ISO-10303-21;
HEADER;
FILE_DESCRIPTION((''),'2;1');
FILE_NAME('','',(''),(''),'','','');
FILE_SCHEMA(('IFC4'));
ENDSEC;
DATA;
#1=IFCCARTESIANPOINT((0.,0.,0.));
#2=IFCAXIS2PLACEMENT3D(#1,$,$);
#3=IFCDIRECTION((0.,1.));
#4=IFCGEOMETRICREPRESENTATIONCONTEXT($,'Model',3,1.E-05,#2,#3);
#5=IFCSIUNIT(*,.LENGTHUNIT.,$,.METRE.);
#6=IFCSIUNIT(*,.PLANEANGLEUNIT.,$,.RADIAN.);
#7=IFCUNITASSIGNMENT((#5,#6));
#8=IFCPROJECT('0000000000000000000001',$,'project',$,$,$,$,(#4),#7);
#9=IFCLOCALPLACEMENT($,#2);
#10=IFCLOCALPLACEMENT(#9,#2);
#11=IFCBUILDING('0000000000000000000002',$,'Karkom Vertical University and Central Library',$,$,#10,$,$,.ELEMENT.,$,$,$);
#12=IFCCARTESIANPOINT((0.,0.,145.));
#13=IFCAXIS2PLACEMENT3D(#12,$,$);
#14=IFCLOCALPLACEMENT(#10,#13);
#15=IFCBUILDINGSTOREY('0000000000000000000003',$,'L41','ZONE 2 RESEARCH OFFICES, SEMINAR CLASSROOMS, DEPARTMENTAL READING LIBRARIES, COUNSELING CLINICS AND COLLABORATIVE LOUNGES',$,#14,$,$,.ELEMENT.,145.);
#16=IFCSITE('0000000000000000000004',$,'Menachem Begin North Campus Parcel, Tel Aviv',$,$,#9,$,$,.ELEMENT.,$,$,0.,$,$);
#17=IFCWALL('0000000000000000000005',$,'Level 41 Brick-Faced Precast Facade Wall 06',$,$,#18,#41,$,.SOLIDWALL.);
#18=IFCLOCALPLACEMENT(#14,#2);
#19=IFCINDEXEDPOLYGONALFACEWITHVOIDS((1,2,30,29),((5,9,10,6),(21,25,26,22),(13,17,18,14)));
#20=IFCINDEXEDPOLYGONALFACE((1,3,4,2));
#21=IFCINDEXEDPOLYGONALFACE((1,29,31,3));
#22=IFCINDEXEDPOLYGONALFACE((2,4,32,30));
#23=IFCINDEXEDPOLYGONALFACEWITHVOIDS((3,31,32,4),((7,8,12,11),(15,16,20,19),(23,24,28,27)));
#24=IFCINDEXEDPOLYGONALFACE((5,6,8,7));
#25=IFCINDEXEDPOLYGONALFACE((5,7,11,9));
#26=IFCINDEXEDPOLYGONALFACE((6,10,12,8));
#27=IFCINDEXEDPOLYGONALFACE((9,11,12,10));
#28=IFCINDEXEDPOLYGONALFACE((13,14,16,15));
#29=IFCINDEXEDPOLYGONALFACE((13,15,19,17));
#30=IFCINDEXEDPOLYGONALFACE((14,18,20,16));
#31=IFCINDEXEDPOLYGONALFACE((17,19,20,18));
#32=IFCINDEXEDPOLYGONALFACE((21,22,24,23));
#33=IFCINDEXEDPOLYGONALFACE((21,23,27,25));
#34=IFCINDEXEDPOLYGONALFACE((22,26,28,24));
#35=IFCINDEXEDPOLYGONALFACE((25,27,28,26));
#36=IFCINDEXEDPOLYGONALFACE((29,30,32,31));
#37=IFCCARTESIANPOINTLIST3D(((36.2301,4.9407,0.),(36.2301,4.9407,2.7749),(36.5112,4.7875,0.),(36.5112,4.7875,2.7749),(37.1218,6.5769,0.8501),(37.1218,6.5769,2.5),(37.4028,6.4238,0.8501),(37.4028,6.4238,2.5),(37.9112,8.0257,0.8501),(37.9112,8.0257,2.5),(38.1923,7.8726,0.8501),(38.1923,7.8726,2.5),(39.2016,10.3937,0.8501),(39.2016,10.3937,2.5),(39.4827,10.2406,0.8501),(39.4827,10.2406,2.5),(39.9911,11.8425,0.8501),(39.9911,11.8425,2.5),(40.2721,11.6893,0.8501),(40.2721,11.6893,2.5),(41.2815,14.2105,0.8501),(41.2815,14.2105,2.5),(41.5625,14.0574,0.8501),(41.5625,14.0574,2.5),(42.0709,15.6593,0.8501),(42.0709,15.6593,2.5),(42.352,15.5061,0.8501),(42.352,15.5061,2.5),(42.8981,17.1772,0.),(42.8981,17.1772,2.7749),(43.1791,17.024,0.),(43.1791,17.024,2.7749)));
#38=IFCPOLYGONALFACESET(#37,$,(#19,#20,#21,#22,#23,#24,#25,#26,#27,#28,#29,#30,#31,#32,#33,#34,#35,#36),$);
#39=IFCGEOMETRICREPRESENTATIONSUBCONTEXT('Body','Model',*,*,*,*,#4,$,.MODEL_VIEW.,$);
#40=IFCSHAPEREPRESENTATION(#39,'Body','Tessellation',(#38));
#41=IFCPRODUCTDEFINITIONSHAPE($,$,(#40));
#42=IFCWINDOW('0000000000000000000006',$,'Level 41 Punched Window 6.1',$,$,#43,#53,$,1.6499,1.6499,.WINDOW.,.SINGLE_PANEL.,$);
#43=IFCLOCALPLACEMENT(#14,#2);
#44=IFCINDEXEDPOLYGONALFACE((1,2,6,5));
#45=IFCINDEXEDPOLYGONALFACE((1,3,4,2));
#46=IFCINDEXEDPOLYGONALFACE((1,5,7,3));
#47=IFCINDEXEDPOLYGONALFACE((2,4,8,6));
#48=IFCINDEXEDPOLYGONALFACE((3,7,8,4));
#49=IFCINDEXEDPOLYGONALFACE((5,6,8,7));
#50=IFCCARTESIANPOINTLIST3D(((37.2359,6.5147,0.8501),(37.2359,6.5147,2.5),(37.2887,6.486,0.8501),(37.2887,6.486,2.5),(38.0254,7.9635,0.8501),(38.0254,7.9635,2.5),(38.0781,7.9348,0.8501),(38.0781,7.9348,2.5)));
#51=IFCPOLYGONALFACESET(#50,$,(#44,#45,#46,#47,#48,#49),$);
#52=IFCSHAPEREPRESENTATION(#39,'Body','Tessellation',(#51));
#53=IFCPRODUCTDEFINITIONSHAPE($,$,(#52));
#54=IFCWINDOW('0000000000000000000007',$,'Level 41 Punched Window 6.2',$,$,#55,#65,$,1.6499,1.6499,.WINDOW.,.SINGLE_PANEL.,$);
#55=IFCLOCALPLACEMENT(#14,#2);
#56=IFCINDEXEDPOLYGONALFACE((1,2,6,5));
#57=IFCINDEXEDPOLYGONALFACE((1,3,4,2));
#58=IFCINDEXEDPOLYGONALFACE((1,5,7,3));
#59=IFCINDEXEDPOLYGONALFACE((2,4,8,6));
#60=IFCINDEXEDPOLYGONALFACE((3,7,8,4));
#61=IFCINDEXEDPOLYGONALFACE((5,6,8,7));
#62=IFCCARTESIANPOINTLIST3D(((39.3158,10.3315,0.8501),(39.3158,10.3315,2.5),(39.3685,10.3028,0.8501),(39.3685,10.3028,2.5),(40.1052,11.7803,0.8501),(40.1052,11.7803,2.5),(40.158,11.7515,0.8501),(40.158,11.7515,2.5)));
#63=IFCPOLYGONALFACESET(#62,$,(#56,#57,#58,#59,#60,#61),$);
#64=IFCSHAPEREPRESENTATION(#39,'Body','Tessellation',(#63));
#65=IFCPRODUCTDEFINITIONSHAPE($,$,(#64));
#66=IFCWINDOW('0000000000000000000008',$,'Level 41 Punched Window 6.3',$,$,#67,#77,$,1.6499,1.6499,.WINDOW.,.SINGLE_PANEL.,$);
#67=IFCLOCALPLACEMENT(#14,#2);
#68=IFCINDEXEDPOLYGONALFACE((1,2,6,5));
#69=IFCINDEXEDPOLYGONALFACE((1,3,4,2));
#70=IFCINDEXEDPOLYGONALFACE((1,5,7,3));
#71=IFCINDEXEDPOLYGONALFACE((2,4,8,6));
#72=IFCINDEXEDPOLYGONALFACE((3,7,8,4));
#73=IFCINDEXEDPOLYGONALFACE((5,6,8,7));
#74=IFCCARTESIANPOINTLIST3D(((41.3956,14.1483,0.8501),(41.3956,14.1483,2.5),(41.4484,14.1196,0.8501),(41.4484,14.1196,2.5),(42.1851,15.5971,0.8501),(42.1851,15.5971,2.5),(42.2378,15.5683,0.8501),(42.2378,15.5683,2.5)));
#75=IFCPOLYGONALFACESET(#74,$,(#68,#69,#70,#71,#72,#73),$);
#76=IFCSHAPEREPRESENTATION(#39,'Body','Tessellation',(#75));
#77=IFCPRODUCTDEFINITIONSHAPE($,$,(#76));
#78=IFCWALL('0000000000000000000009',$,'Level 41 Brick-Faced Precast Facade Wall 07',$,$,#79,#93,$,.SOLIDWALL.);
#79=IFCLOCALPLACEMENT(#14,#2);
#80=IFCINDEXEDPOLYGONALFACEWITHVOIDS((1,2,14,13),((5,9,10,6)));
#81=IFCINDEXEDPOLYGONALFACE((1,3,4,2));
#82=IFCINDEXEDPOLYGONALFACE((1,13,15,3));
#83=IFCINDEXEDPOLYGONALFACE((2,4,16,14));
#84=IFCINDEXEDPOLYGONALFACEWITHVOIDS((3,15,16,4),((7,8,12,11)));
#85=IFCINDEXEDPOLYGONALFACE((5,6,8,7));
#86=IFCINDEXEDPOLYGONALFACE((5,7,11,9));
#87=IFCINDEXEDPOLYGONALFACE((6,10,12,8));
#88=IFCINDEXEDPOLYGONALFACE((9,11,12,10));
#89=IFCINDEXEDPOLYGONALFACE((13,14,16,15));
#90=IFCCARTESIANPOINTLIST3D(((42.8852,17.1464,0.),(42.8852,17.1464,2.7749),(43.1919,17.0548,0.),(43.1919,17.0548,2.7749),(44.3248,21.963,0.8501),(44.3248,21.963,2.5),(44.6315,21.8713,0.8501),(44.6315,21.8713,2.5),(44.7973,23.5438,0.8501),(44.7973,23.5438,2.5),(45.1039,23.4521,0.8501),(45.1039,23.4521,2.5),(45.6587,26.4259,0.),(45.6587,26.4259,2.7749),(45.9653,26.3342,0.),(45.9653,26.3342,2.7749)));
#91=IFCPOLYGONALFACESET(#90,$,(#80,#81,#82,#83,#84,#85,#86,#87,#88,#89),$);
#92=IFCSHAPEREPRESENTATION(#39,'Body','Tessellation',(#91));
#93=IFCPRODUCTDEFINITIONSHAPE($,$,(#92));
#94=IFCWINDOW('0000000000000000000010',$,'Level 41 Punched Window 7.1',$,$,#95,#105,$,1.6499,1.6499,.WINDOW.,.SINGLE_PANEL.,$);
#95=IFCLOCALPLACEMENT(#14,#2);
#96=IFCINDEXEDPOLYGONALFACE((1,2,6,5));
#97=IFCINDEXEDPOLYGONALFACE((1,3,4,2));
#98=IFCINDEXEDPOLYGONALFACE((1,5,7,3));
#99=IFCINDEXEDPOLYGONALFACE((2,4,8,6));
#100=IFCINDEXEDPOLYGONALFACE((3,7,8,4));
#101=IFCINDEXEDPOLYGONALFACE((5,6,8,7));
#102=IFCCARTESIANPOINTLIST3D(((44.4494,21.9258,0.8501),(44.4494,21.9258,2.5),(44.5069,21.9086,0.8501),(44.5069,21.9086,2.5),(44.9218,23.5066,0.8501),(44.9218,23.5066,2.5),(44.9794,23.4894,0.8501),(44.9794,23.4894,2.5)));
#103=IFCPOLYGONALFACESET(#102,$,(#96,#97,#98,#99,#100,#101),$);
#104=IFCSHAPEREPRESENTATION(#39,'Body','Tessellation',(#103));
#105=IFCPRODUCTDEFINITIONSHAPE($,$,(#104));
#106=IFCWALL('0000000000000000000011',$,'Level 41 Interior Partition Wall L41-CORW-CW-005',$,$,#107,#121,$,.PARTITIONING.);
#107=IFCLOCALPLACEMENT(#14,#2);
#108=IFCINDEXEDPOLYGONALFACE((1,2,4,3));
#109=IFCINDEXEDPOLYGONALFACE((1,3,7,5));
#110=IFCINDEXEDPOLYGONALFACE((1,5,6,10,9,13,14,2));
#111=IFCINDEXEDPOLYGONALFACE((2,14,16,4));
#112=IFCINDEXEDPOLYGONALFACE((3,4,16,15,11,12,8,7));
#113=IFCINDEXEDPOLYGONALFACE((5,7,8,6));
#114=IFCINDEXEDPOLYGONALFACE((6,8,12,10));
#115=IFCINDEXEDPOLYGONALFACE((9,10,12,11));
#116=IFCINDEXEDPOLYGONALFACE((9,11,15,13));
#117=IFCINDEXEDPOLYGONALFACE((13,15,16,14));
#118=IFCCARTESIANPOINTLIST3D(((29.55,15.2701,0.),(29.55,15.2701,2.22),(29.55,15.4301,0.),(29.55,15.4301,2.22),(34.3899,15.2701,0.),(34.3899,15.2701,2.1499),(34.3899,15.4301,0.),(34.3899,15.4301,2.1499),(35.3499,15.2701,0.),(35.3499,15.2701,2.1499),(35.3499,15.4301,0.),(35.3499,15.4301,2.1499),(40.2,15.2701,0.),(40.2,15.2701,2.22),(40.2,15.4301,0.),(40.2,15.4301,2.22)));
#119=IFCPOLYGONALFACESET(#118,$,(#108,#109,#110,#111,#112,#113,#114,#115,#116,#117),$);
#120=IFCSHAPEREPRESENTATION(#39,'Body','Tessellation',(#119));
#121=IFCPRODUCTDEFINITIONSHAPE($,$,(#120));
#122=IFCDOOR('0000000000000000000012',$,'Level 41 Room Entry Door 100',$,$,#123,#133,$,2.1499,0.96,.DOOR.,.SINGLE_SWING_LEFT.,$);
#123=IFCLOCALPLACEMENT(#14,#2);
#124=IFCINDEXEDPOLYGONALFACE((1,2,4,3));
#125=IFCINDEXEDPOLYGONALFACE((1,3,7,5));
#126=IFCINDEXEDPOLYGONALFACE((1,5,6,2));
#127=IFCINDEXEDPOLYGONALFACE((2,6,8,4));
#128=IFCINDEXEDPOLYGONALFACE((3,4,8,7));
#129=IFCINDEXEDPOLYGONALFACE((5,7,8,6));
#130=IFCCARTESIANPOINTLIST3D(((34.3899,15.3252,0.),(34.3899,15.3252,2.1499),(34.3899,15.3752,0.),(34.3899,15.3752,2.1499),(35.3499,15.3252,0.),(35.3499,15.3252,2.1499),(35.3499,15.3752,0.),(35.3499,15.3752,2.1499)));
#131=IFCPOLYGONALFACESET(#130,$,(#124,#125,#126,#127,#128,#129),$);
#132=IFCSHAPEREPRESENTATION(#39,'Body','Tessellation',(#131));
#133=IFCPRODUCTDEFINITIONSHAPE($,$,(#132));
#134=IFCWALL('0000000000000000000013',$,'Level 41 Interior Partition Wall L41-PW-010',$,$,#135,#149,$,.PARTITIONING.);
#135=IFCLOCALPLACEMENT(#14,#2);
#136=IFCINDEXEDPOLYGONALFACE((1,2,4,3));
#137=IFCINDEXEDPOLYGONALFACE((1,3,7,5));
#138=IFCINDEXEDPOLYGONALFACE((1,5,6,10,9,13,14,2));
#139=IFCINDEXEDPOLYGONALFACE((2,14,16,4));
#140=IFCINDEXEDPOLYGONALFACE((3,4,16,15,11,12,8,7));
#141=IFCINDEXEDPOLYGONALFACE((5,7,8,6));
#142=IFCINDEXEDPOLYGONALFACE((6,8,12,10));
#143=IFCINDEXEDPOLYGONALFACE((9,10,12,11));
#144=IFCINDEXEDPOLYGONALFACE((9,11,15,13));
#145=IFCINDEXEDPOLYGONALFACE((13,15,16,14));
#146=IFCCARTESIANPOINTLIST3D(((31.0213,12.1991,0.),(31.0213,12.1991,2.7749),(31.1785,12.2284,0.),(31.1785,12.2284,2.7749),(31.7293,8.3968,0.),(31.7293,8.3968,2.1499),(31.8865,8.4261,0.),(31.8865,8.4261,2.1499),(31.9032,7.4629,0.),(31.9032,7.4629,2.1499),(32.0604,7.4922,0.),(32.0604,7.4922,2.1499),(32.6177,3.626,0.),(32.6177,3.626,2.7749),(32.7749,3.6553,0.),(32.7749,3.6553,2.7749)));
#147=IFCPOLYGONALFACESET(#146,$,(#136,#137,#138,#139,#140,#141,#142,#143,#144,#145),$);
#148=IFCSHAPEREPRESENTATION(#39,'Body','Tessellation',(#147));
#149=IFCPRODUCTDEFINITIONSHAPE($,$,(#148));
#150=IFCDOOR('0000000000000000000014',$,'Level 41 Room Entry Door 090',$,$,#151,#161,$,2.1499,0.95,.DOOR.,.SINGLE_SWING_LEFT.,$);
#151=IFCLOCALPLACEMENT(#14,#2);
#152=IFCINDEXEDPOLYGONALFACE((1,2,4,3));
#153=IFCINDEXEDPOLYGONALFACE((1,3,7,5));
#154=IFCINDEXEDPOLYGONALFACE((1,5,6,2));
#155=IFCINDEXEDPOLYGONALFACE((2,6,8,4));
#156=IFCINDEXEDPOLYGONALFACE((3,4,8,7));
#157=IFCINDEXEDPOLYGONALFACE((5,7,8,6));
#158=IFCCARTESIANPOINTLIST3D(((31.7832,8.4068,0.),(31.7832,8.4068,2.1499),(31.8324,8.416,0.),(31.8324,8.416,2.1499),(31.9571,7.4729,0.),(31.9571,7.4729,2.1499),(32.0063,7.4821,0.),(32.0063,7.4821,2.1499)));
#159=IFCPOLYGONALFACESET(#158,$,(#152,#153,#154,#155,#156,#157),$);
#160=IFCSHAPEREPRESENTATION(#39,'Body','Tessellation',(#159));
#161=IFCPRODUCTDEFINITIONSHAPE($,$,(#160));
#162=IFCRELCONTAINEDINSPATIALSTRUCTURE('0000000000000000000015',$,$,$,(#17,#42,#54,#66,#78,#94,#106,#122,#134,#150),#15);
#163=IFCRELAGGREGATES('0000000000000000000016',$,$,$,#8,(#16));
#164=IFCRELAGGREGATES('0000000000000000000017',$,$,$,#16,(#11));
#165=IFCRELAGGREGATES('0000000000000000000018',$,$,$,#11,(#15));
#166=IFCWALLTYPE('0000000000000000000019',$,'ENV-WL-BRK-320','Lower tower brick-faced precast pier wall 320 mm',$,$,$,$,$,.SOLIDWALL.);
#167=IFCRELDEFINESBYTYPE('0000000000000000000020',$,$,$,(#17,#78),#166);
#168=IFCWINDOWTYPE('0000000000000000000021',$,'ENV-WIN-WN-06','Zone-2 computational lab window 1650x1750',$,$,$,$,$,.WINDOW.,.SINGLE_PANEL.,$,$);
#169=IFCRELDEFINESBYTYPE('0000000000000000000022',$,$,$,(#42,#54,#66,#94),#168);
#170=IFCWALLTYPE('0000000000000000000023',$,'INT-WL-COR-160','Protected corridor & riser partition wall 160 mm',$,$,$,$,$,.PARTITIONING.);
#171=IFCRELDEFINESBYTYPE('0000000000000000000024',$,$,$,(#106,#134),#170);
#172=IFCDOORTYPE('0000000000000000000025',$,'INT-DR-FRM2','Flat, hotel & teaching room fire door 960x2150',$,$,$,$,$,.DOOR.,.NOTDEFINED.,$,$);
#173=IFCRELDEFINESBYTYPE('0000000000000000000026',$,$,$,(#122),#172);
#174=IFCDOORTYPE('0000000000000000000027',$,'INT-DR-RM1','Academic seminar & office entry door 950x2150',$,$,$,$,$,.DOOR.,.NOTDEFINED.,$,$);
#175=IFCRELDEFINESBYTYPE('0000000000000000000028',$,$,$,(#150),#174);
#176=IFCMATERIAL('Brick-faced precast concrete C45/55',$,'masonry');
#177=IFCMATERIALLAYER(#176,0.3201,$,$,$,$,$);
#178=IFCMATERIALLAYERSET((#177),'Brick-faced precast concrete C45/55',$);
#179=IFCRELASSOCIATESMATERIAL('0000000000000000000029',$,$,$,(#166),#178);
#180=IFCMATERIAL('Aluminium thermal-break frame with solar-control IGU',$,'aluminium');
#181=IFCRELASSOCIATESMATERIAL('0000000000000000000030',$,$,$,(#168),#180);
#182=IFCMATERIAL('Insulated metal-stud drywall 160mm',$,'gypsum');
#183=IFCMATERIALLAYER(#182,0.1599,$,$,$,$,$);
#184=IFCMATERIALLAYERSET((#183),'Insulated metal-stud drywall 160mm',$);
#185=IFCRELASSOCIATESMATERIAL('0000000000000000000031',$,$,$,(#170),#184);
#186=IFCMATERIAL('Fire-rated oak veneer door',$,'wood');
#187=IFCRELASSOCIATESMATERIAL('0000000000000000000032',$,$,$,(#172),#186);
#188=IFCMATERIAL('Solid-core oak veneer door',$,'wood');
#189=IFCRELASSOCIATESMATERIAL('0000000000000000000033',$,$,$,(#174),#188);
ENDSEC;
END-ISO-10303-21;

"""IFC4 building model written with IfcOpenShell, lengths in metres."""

from ifc_helpers import new_model, si_unit, direction, frame, frame_2d, origin, origin_with_axes, place, context, subcontext, project, spatial, rectangle, extrude, source, transform, mapped, material, layer, layer_set, type_object, element, fill, save


model = new_model("IFC4")

# Units and contexts
model_context = context("Model", 3, precision=1e-05, world=origin(), true_north=direction((0.0, 1.0)))
body_context = subcontext(model_context, "Body", "Model", "MODEL_VIEW")
ifc_project = project(units=[si_unit("LENGTHUNIT", "METRE"), si_unit("PLANEANGLEUNIT", "RADIAN")], contexts=[model_context])

# Site, building, storey
site_placement = place(None, origin())
site = spatial("IfcSite", under=ifc_project, at=site_placement, Name="Menachem Begin North Campus Parcel, Tel Aviv", CompositionType="ELEMENT", RefElevation=0.0)
building_placement = place(site_placement, origin())
building = spatial("IfcBuilding", under=site, at=building_placement, Name="Karkom Vertical University and Central Library", CompositionType="ELEMENT")
storey_placement = place(building_placement, frame((0.0, 0.0, 145.0)))
storey = spatial("IfcBuildingStorey", under=building, at=storey_placement, Name="L41", Description="ZONE 2 RESEARCH OFFICES, SEMINAR CLASSROOMS, DEPARTMENTAL READING LIBRARIES, COUNSELING CLINICS AND COLLABORATIVE LOUNGES", CompositionType="ELEMENT", Elevation=145.0)

# Wall, openings, windows
ifc_material_1 = material(Name="Brick-faced precast concrete C45/55", Category="masonry")
ifc_layer_1 = layer(ifc_material_1, 0.3201)
ifc_layer_set_1 = layer_set([ifc_layer_1], Name="Brick-faced precast concrete C45/55")
wall_type_1 = type_object("IfcWallType", Name="ENV-WL-BRK-320", Description="Lower tower brick-faced precast pier wall 320 mm", PredefinedType="SOLIDWALL", material=ifc_layer_set_1)
wall_1_placement = place(storey_placement, frame((36.3706, 4.864, 0.0), z_axis=(0.0, 0.0, 1.0), x_axis=(0.478491, 0.878092, 0.0)))
wall_1 = element("IfcWall", 1, at=wall_1_placement, inside=storey, type_object=wall_type_1, Name="Level 41 Brick-Faced Precast Facade Wall 06", PredefinedType="SOLIDWALL", context=body_context, shape_type="SweptSolid", body=[
    extrude(rectangle(XDim=13.9353, YDim=0.3201, at=frame_2d((6.9678, 0.0))), origin(), (0.0, 0.0, 1.0), 2.7749),
])
opening_1_placement = place(wall_1_placement, frame((1.8635, 0.0, 0.8501)))
opening_1 = element("IfcOpeningElement", 2, at=opening_1_placement, cuts=wall_1, PredefinedType="OPENING", context=body_context, shape_type="SweptSolid", body=[
    extrude(rectangle(XDim=1.6499, YDim=1.6499, at=frame_2d((0.825, 0.825))), frame((0.0, 0.1699, 0.0), z_axis=(0.0, -1.0, 0.0), x_axis=(1.0, 0.0, 0.0)), (0.0, 0.0, 1.0), 0.3401),
])
opening_2_placement = place(wall_1_placement, frame((6.2102, 0.0, 0.8501)))
opening_2 = element("IfcOpeningElement", 3, at=opening_2_placement, cuts=wall_1, PredefinedType="OPENING", context=body_context, shape_type="SweptSolid", body=[
    extrude(rectangle(XDim=1.6499, YDim=1.6499, at=frame_2d((0.825, 0.825))), frame((0.0, 0.1699, 0.0), z_axis=(0.0, -1.0, 0.0), x_axis=(1.0, 0.0, 0.0)), (0.0, 0.0, 1.0), 0.3401),
])
opening_3_placement = place(wall_1_placement, frame((10.5569, 0.0, 0.8501)))
opening_3 = element("IfcOpeningElement", 4, at=opening_3_placement, cuts=wall_1, PredefinedType="OPENING", context=body_context, shape_type="SweptSolid", body=[
    extrude(rectangle(XDim=1.6499, YDim=1.6499, at=frame_2d((0.825, 0.825))), frame((0.0, 0.1699, 0.0), z_axis=(0.0, -1.0, 0.0), x_axis=(1.0, 0.0, 0.0)), (0.0, 0.0, 1.0), 0.3401),
])
ifc_material_2 = material(Name="Aluminium thermal-break frame with solar-control IGU", Category="aluminium")
window_type = type_object("IfcWindowType", Name="ENV-WIN-WN-06", Description="Zone-2 computational lab window 1650x1750", PartitioningType="SINGLE_PANEL", PredefinedType="WINDOW", material=ifc_material_2)
shared_shape_1 = source(origin_with_axes(), body_context, "Body", "SweptSolid", [
    extrude(rectangle(XDim=1.6499, YDim=1.6499, at=frame_2d((0.825, 0.825))), frame((0.0, 0.03, 0.0), z_axis=(0.0, -1.0, 0.0), x_axis=(1.0, 0.0, 0.0)), (0.0, 0.0, 1.0), 0.0601),
])
window_1_placement = place(opening_1_placement, origin())
window_1 = element("IfcWindow", 5, at=window_1_placement, inside=storey, type_object=window_type, Name="Level 41 Punched Window 6.1", OverallHeight=1.6499, OverallWidth=1.6499, PartitioningType="SINGLE_PANEL", PredefinedType="WINDOW", context=body_context, shape_type="MappedRepresentation", body=[
    mapped(shared_shape_1, transform((0.0, 0.0, 0.0), scale=1.0)),
])
fill(opening_1, window_1)
window_2_placement = place(opening_2_placement, origin())
window_2 = element("IfcWindow", 6, at=window_2_placement, inside=storey, type_object=window_type, Name="Level 41 Punched Window 6.2", OverallHeight=1.6499, OverallWidth=1.6499, PartitioningType="SINGLE_PANEL", PredefinedType="WINDOW", context=body_context, shape_type="MappedRepresentation", body=[
    mapped(shared_shape_1, transform((0.0, 0.0, 0.0), scale=1.0)),
])
fill(opening_2, window_2)
window_3_placement = place(opening_3_placement, origin())
window_3 = element("IfcWindow", 7, at=window_3_placement, inside=storey, type_object=window_type, Name="Level 41 Punched Window 6.3", OverallHeight=1.6499, OverallWidth=1.6499, PartitioningType="SINGLE_PANEL", PredefinedType="WINDOW", context=body_context, shape_type="MappedRepresentation", body=[
    mapped(shared_shape_1, transform((0.0, 0.0, 0.0), scale=1.0)),
])
fill(opening_3, window_3)

# Wall, opening, window
wall_2_placement = place(storey_placement, frame((43.0386, 17.1006, 0.0), z_axis=(0.0, 0.0, 1.0), x_axis=(0.28636, 0.958122, 0.0)))
wall_2 = element("IfcWall", 8, at=wall_2_placement, inside=storey, type_object=wall_type_1, Name="Level 41 Brick-Faced Precast Facade Wall 07", PredefinedType="SOLIDWALL", context=body_context, shape_type="SweptSolid", body=[
    extrude(rectangle(XDim=9.6851, YDim=0.3201, at=frame_2d((4.8425, 0.0))), origin(), (0.0, 0.0, 1.0), 2.7749),
])
opening_4_placement = place(wall_2_placement, frame((5.0271, 0.0, 0.8501)))
opening_4 = element("IfcOpeningElement", 9, at=opening_4_placement, cuts=wall_2, PredefinedType="OPENING", context=body_context, shape_type="SweptSolid", body=[
    extrude(rectangle(XDim=1.6499, YDim=1.6499, at=frame_2d((0.825, 0.825))), frame((0.0, 0.1699, 0.0), z_axis=(0.0, -1.0, 0.0), x_axis=(1.0, 0.0, 0.0)), (0.0, 0.0, 1.0), 0.3401),
])
window_4_placement = place(opening_4_placement, origin())
window_4 = element("IfcWindow", 10, at=window_4_placement, inside=storey, type_object=window_type, Name="Level 41 Punched Window 7.1", OverallHeight=1.6499, OverallWidth=1.6499, PartitioningType="SINGLE_PANEL", PredefinedType="WINDOW", context=body_context, shape_type="MappedRepresentation", body=[
    mapped(shared_shape_1, transform((0.0, 0.0, 0.0), scale=1.0)),
])
fill(opening_4, window_4)

# Walls, openings, doors
ifc_material_3 = material(Name="Insulated metal-stud drywall 160mm", Category="gypsum")
ifc_layer_2 = layer(ifc_material_3, 0.1599)
ifc_layer_set_2 = layer_set([ifc_layer_2], Name="Insulated metal-stud drywall 160mm")
wall_type_2 = type_object("IfcWallType", Name="INT-WL-COR-160", Description="Protected corridor & riser partition wall 160 mm", PredefinedType="PARTITIONING", material=ifc_layer_set_2)
wall_3_placement = place(storey_placement, frame((40.2, 15.3501, 0.0), z_axis=(0.0, 0.0, 1.0), x_axis=(-1.0, 0.0, 0.0)))
wall_3 = element("IfcWall", 11, at=wall_3_placement, inside=storey, type_object=wall_type_2, Name="Level 41 Interior Partition Wall L41-CORW-CW-005", PredefinedType="PARTITIONING", context=body_context, shape_type="SweptSolid", body=[
    extrude(rectangle(XDim=10.6499, YDim=0.1599, at=frame_2d((5.325, 0.0))), origin(), (0.0, 0.0, 1.0), 2.22),
])
opening_5_placement = place(wall_3_placement, frame((4.8501, 0.0, 0.0)))
opening_5 = element("IfcOpeningElement", 12, at=opening_5_placement, cuts=wall_3, PredefinedType="OPENING", context=body_context, shape_type="SweptSolid", body=[
    extrude(rectangle(XDim=0.96, YDim=2.1499, at=frame_2d((0.48, 1.075))), frame((0.0, 0.0898, 0.0), z_axis=(0.0, -1.0, 0.0), x_axis=(1.0, 0.0, 0.0)), (0.0, 0.0, 1.0), 0.1799),
])
ifc_material_4 = material(Name="Fire-rated oak veneer door", Category="wood")
door_type_1 = type_object("IfcDoorType", Name="INT-DR-FRM2", Description="Flat, hotel & teaching room fire door 960x2150", OperationType="NOTDEFINED", PredefinedType="DOOR", material=ifc_material_4)
shared_shape_2 = source(origin_with_axes(), body_context, "Body", "SweptSolid", [
    extrude(rectangle(XDim=0.96, YDim=2.1499, at=frame_2d((0.48, 1.075))), frame((0.0, 0.0249, 0.0), z_axis=(0.0, -1.0, 0.0), x_axis=(1.0, 0.0, 0.0)), (0.0, 0.0, 1.0), 0.05),
])
door_1_placement = place(opening_5_placement, origin())
door_1 = element("IfcDoor", 13, at=door_1_placement, inside=storey, type_object=door_type_1, Name="Level 41 Room Entry Door 100", OperationType="SINGLE_SWING_LEFT", OverallHeight=2.1499, OverallWidth=0.96, PredefinedType="DOOR", context=body_context, shape_type="MappedRepresentation", body=[
    mapped(shared_shape_2, transform((0.0, 0.0, 0.0), scale=1.0)),
])
fill(opening_5, door_1)
wall_4_placement = place(storey_placement, frame((31.0999, 12.2139, 0.0), z_axis=(0.0, 0.0, 1.0), x_axis=(0.18307, -0.9831, 0.0)))
wall_4 = element("IfcWall", 14, at=wall_4_placement, inside=storey, type_object=wall_type_2, Name="Level 41 Interior Partition Wall L41-PW-010", PredefinedType="PARTITIONING", context=body_context, shape_type="SweptSolid", body=[
    extrude(rectangle(XDim=8.7205, YDim=0.1599, at=frame_2d((4.3604, 0.0))), origin(), (0.0, 0.0, 1.0), 2.7749),
])
opening_6_placement = place(wall_4_placement, frame((3.8677, 0.0, 0.0)))
opening_6 = element("IfcOpeningElement", 15, at=opening_6_placement, cuts=wall_4, PredefinedType="OPENING", context=body_context, shape_type="SweptSolid", body=[
    extrude(rectangle(XDim=0.95, YDim=2.1499, at=frame_2d((0.4751, 1.075))), frame((0.0, 0.0898, 0.0), z_axis=(0.0, -1.0, 0.0), x_axis=(1.0, 0.0, 0.0)), (0.0, 0.0, 1.0), 0.1799),
])
ifc_material_5 = material(Name="Solid-core oak veneer door", Category="wood")
door_type_2 = type_object("IfcDoorType", Name="INT-DR-RM1", Description="Academic seminar & office entry door 950x2150", OperationType="NOTDEFINED", PredefinedType="DOOR", material=ifc_material_5)
shared_shape_3 = source(origin_with_axes(), body_context, "Body", "SweptSolid", [
    extrude(rectangle(XDim=0.95, YDim=2.1499, at=frame_2d((0.4751, 1.075))), frame((0.0, 0.0249, 0.0), z_axis=(0.0, -1.0, 0.0), x_axis=(1.0, 0.0, 0.0)), (0.0, 0.0, 1.0), 0.05),
])
door_2_placement = place(opening_6_placement, origin())
door_2 = element("IfcDoor", 16, at=door_2_placement, inside=storey, type_object=door_type_2, Name="Level 41 Room Entry Door 090", OperationType="SINGLE_SWING_LEFT", OverallHeight=2.1499, OverallWidth=0.95, PredefinedType="DOOR", context=body_context, shape_type="MappedRepresentation", body=[
    mapped(shared_shape_3, transform((0.0, 0.0, 0.0), scale=1.0)),
])
fill(opening_6, door_2)

save(model, "model.ifc")
